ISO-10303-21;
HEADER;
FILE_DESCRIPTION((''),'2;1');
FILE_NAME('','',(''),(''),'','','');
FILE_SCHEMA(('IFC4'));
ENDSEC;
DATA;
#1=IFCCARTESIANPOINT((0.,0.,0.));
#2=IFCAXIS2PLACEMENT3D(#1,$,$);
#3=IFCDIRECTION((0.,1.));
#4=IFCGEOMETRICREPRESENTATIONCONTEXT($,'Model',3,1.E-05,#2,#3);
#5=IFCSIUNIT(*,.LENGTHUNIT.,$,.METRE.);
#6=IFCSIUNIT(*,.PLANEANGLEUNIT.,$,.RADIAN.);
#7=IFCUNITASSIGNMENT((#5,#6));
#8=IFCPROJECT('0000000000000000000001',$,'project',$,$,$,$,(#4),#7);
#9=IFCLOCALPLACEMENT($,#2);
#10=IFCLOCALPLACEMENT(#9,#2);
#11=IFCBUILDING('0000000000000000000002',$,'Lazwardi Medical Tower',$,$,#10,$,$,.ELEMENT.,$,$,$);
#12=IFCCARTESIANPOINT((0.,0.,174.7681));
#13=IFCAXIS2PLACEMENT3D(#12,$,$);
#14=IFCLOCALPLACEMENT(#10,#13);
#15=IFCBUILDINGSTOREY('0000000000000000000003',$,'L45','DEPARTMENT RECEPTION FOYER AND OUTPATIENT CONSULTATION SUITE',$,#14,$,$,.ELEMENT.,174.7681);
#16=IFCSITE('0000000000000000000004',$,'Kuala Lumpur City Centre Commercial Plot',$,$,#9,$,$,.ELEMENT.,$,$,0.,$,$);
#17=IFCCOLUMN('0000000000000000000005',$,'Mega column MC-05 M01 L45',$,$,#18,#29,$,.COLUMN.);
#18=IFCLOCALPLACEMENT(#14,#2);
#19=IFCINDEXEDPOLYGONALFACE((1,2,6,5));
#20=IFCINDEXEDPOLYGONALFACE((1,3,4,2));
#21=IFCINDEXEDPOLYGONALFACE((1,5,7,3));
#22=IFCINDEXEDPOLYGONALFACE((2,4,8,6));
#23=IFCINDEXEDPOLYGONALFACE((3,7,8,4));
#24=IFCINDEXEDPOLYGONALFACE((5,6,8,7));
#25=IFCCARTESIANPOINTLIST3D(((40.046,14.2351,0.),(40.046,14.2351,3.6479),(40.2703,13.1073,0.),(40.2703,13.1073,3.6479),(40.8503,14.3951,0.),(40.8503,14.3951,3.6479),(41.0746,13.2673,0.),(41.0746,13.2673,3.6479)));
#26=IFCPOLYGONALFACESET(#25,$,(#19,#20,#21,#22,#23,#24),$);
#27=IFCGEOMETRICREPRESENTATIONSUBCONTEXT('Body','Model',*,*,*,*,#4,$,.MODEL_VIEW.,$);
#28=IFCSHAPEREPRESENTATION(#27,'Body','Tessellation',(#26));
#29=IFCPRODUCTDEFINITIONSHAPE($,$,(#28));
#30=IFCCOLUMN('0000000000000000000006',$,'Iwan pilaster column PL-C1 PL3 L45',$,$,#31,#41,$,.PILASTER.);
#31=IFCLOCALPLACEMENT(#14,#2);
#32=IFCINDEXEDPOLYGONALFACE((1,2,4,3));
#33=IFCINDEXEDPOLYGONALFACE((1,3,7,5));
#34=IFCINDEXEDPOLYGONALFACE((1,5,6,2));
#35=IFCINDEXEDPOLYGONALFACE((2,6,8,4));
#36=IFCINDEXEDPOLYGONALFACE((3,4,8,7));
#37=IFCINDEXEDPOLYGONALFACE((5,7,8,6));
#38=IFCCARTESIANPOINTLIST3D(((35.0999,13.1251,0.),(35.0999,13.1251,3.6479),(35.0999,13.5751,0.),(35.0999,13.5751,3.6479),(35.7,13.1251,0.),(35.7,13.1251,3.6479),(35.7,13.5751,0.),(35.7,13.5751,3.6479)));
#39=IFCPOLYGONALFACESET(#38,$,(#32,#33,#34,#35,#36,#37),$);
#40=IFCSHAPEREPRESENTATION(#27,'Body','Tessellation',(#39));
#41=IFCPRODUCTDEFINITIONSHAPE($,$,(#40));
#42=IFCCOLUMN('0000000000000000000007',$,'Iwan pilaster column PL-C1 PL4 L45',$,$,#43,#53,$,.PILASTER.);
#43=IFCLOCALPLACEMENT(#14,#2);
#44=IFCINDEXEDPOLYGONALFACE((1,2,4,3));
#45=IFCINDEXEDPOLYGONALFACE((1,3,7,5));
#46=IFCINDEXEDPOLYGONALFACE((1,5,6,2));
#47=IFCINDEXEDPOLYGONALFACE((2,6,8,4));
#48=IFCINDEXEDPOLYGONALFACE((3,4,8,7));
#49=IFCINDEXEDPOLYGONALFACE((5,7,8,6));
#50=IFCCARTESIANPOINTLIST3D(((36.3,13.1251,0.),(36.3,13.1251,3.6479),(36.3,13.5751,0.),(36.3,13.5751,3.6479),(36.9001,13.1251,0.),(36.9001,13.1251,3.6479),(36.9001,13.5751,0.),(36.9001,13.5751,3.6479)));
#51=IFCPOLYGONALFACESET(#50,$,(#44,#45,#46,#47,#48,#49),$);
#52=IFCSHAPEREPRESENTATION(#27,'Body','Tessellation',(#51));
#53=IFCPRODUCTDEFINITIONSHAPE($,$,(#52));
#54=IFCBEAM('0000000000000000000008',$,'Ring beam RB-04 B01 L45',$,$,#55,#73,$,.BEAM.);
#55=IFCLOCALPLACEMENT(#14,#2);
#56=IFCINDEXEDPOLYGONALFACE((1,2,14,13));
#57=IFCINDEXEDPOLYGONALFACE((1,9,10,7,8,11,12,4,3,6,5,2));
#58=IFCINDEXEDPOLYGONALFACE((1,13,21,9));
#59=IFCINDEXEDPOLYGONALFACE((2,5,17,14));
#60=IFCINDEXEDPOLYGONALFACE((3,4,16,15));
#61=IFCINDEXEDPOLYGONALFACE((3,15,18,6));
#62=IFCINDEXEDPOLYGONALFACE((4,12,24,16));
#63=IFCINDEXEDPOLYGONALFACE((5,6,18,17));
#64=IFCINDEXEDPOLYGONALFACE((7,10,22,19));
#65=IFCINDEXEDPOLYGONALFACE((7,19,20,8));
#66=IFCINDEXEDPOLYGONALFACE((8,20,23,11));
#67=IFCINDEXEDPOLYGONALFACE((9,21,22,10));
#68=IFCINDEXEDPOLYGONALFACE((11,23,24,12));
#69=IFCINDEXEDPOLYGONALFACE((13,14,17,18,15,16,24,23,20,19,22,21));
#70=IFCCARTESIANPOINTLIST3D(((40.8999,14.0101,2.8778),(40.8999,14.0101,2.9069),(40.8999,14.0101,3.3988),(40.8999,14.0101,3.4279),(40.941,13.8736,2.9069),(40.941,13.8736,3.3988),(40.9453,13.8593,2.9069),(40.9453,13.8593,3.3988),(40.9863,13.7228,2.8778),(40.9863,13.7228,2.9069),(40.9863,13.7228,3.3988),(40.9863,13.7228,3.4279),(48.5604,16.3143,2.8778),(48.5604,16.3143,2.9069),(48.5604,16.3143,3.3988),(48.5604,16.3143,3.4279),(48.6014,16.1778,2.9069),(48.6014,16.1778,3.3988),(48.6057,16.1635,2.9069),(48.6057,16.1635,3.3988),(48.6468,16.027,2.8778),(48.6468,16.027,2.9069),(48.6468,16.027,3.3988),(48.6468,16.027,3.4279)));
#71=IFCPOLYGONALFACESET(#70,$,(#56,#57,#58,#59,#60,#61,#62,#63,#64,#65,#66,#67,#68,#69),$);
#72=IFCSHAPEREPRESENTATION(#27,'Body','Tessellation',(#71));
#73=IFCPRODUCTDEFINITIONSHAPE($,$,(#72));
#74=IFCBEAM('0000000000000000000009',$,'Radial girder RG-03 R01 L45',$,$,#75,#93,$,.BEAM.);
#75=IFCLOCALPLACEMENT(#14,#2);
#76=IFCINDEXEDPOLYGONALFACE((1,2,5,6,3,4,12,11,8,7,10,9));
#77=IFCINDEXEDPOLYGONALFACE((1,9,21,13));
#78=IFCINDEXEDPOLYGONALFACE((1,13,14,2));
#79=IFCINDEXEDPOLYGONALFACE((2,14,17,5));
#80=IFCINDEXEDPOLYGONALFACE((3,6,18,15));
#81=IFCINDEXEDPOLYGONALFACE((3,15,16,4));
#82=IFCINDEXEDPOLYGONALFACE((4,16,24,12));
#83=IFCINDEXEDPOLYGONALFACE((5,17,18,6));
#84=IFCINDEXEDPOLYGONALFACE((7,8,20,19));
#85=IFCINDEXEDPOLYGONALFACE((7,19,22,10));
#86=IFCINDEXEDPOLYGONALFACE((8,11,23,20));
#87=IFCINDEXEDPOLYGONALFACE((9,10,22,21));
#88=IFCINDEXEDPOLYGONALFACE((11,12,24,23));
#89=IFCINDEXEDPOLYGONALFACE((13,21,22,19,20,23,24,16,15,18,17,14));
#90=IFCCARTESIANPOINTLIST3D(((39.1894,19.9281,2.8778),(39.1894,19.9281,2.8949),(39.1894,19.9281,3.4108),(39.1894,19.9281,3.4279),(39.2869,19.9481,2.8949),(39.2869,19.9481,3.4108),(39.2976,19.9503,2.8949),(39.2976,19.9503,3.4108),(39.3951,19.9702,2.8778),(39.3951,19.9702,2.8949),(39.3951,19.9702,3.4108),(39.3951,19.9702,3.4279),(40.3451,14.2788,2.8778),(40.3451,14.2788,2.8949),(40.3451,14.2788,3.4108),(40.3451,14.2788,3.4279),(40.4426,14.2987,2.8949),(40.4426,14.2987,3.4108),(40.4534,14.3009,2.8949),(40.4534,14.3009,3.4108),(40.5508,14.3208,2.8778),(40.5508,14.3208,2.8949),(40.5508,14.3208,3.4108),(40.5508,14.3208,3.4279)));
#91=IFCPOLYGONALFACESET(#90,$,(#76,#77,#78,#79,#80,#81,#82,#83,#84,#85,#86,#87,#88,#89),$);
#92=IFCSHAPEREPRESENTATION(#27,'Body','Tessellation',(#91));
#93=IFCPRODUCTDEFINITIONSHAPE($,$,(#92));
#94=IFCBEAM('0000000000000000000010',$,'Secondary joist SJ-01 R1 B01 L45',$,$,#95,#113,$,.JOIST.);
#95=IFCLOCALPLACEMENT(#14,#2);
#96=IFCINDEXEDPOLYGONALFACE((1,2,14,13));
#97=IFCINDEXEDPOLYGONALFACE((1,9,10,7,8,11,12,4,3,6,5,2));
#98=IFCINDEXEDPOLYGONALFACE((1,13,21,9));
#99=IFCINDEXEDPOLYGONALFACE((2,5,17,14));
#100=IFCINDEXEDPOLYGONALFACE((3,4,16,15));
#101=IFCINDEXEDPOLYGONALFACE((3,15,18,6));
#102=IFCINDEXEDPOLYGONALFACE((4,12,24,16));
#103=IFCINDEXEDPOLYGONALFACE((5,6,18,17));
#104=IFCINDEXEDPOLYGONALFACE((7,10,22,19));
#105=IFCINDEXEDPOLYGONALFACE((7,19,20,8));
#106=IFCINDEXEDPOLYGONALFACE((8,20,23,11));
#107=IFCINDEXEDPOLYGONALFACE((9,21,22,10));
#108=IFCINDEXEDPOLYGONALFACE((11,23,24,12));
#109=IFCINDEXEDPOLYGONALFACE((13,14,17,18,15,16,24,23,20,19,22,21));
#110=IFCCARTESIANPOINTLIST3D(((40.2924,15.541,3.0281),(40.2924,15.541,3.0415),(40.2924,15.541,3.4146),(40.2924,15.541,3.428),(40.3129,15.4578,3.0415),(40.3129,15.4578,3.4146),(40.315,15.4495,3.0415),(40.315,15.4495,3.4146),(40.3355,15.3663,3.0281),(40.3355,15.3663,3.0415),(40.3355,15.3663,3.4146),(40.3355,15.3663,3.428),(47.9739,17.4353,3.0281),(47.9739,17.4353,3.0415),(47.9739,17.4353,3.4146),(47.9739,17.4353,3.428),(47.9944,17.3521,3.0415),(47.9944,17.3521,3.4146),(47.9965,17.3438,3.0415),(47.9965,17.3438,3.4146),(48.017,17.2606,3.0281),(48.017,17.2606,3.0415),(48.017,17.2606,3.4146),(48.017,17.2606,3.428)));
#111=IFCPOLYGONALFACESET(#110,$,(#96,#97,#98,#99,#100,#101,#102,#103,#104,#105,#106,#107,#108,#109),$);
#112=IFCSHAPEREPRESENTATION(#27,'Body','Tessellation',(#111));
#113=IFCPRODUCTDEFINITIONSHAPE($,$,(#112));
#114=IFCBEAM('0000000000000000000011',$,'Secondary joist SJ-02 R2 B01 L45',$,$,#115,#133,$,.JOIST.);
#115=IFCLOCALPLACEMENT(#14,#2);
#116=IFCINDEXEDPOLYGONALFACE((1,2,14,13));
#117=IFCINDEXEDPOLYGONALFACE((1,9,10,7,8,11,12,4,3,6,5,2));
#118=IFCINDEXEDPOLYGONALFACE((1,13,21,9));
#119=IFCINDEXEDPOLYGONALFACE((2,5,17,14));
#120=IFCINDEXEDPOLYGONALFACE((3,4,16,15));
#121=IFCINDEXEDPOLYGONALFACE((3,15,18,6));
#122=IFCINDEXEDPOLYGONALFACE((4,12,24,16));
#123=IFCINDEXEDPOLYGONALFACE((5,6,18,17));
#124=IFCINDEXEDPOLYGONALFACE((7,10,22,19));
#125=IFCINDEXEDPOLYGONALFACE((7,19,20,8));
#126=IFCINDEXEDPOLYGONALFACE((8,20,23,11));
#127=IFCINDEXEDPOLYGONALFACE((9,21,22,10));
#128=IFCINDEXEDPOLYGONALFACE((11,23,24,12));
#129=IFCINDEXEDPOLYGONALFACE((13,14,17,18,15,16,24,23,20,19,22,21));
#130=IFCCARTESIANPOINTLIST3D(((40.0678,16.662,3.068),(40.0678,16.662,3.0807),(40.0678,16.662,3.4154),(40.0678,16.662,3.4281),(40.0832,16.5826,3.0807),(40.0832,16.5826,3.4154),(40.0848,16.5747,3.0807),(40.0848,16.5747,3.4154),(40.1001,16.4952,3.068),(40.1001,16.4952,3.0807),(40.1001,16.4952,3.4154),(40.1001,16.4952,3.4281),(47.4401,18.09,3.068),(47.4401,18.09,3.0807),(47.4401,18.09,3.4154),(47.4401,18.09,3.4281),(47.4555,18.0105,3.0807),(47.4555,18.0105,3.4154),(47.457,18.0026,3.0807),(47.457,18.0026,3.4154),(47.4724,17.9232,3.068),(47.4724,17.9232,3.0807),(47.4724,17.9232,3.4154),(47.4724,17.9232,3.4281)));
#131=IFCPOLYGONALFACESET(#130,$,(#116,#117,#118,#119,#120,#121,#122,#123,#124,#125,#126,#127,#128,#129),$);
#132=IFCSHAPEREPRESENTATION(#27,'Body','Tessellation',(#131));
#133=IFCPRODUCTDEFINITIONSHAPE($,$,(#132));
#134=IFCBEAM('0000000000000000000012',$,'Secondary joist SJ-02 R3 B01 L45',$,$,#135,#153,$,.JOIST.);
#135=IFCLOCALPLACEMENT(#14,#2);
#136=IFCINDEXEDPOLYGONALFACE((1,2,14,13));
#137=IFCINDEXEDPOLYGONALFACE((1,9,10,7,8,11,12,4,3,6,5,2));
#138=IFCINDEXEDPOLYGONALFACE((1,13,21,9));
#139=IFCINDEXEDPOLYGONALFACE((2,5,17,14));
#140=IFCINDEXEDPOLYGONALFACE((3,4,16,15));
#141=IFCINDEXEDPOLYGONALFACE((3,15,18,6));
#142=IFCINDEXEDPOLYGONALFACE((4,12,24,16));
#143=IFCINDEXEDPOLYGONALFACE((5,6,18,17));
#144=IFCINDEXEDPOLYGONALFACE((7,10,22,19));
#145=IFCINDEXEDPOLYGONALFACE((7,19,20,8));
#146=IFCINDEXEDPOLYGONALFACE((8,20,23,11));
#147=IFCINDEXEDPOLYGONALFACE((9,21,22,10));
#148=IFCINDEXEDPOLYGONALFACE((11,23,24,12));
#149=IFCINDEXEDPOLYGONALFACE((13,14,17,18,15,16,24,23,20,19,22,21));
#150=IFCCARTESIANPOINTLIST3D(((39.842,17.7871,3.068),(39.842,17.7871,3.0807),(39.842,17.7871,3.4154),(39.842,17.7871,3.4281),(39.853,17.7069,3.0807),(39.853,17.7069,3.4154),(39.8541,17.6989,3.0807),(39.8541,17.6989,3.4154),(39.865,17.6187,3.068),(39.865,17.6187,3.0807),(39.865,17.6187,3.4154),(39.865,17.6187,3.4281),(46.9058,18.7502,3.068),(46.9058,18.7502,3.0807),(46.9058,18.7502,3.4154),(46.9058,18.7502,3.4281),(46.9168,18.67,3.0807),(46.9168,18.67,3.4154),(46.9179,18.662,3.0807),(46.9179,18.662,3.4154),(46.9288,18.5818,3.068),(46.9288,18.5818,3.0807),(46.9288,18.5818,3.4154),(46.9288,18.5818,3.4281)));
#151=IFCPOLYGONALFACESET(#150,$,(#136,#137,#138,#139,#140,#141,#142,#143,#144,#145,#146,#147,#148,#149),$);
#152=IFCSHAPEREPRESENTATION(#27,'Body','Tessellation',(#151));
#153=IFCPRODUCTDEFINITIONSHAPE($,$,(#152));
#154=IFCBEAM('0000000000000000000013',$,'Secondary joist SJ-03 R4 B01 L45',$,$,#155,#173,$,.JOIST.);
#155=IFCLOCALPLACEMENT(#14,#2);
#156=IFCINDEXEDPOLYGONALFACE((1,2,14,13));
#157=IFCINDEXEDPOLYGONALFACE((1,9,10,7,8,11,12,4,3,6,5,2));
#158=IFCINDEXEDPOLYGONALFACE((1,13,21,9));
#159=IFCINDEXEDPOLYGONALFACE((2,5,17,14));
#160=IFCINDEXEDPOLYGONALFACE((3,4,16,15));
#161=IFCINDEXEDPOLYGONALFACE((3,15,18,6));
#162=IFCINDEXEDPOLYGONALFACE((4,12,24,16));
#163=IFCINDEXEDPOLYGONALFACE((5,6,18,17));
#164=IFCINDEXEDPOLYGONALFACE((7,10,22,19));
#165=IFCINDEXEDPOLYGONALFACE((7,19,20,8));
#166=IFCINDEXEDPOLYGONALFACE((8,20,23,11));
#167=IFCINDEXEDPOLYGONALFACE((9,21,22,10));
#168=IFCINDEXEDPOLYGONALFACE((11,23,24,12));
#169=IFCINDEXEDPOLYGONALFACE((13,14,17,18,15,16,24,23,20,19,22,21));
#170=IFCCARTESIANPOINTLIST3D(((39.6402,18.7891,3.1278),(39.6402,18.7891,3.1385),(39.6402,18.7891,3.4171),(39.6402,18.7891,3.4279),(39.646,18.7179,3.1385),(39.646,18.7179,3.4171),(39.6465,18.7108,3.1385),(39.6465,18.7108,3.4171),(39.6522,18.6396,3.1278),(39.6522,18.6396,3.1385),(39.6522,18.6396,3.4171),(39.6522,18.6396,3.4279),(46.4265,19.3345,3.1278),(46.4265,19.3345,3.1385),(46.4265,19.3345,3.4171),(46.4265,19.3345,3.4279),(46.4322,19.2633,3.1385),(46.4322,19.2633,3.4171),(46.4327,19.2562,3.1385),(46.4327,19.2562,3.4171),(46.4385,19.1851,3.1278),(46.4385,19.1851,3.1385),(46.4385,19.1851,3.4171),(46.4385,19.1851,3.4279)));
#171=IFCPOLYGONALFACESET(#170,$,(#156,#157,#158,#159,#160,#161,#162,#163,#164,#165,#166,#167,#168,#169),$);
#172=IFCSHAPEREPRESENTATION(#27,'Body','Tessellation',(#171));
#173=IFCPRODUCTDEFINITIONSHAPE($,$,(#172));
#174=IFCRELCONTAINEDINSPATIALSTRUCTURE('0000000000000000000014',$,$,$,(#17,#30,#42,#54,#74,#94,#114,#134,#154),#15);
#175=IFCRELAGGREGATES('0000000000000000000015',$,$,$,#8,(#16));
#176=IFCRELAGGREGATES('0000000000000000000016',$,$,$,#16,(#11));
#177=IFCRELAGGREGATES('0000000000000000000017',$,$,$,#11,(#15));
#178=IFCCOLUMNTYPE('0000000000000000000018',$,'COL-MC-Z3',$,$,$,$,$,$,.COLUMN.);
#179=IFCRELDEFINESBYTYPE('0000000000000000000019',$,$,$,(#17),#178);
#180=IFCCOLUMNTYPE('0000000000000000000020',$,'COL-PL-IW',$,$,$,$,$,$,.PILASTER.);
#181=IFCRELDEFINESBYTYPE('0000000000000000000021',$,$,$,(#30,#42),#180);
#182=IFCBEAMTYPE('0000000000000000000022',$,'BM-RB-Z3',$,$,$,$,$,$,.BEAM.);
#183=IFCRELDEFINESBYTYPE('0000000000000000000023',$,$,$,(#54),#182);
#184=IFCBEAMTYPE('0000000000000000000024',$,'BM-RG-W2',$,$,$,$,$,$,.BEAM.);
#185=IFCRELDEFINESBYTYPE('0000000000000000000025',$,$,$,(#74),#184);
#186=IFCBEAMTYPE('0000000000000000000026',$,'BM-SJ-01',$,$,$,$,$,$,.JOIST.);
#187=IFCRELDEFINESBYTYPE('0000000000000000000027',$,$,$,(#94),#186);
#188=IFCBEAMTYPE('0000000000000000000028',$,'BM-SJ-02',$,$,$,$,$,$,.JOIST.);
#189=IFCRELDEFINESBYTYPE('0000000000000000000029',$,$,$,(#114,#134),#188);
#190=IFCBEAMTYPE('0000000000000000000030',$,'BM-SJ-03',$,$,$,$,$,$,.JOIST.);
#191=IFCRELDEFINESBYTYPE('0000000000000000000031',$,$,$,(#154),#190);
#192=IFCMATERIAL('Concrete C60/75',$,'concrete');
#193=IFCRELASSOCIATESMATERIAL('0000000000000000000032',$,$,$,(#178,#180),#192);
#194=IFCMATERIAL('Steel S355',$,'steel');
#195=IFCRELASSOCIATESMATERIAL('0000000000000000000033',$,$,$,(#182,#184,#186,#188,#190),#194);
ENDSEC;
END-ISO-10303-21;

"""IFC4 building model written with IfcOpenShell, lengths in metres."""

from ifc_helpers import new_model, si_unit, direction, frame, origin, origin_2d, place, context, subcontext, project, spatial, rectangle, i_section, extrude, material, material_profile, profile_set, type_object, element, save


model = new_model("IFC4")

# Units and contexts
model_context = context("Model", 3, precision=1e-05, world=origin(), true_north=direction((0.0, 1.0)))
body_context = subcontext(model_context, "Body", "Model", "MODEL_VIEW")
ifc_project = project(units=[si_unit("LENGTHUNIT", "METRE"), si_unit("PLANEANGLEUNIT", "RADIAN")], contexts=[model_context])

# Site, building, storey
site_placement = place(None, origin())
site = spatial("IfcSite", under=ifc_project, at=site_placement, Name="Kuala Lumpur City Centre Commercial Plot", CompositionType="ELEMENT", RefElevation=0.0)
building_placement = place(site_placement, origin())
building = spatial("IfcBuilding", under=site, at=building_placement, Name="Lazwardi Medical Tower", CompositionType="ELEMENT")
storey_placement = place(building_placement, frame((0.0, 0.0, 174.7681)))
storey = spatial("IfcBuildingStorey", under=building, at=storey_placement, Name="L45", Description="DEPARTMENT RECEPTION FOYER AND OUTPATIENT CONSULTATION SUITE", CompositionType="ELEMENT", Elevation=174.7681)

# Columns
ifc_material_1 = material(Name="Concrete C60/75", Category="concrete")
ifc_material_profile_1 = material_profile(ifc_material_1, rectangle(XDim=1.1499, YDim=0.8201, at=origin_2d()), Name="CFT-RECT 1150x820")
ifc_profile_set_1 = profile_set([ifc_material_profile_1], Name="Concrete C60/75")
column_type_1 = type_object("IfcColumnType", Name="COL-MC-Z3", PredefinedType="COLUMN", material=ifc_profile_set_1)
column_placement = place(storey_placement, frame((40.5603, 13.7512, 0.0), z_axis=(0.0, 0.0, 1.0), x_axis=(0.19509, -0.980785, 0.0)))
element("IfcColumn", 1, at=column_placement, inside=storey, type_object=column_type_1, Name="Mega column MC-05 M01 L45", PredefinedType="COLUMN", context=body_context, shape_type="SweptSolid", body=[
    extrude(rectangle(XDim=1.1499, YDim=0.8201, at=origin_2d()), origin(), (0.0, 0.0, 1.0), 3.6479),
])
ifc_material_profile_2 = material_profile(ifc_material_1, rectangle(XDim=0.6001, YDim=0.45, at=origin_2d()), Name="RC 600x450")
ifc_profile_set_2 = profile_set([ifc_material_profile_2], Name="Concrete C60/75")
column_type_2 = type_object("IfcColumnType", Name="COL-PL-IW", PredefinedType="PILASTER", material=ifc_profile_set_2)
for number, where, z_axis, x_axis, name in (
    (2, (35.3999, 13.3501, 0.0), (0.0, 0.0, 1.0), (1.0, 0.0, 0.0), "Iwan pilaster column PL-C1 PL3 L45"),
    (3, (36.6001, 13.3501, 0.0), (0.0, 0.0, 1.0), (1.0, 0.0, 0.0), "Iwan pilaster column PL-C1 PL4 L45"),
):
    element("IfcColumn", number, at=place(storey_placement, frame(where, z_axis=z_axis, x_axis=x_axis)), inside=storey, type_object=column_type_2, Name=name, PredefinedType="PILASTER", context=body_context, shape_type="SweptSolid", body=[
        extrude(rectangle(XDim=0.6001, YDim=0.45, at=origin_2d()), origin(), (0.0, 0.0, 1.0), 3.6479),
    ])

# Beams
ifc_material_2 = material(Name="Steel S355", Category="steel")
ifc_material_profile_3 = material_profile(ifc_material_2, i_section(OverallWidth=0.3, OverallDepth=0.55, WebThickness=0.0149, FlangeThickness=0.0291, at=origin_2d()), Name="HEB 550")
ifc_profile_set_3 = profile_set([ifc_material_profile_3], Name="Steel S355")
beam_type_1 = type_object("IfcBeamType", Name="BM-RB-Z3", PredefinedType="BEAM", material=ifc_profile_set_3)
beam_1_placement = place(storey_placement, frame((40.9431, 13.8665, 3.1528), z_axis=(0.957617, 0.288045, 0.0), x_axis=(-0.288045, 0.957617, 0.0)))
element("IfcBeam", 4, at=beam_1_placement, inside=storey, type_object=beam_type_1, Name="Ring beam RB-04 B01 L45", PredefinedType="BEAM", context=body_context, shape_type="SweptSolid", body=[
    extrude(i_section(OverallWidth=0.3, OverallDepth=0.55, WebThickness=0.0149, FlangeThickness=0.0291, at=origin_2d()), origin(), (0.0, 0.0, 1.0), 7.9995),
])
ifc_material_profile_4 = material_profile(ifc_material_2, i_section(OverallWidth=0.21, OverallDepth=0.55, WebThickness=0.011, FlangeThickness=0.0171, at=origin_2d()), Name="IPE 550")
ifc_profile_set_4 = profile_set([ifc_material_profile_4], Name="Steel S355")
beam_type_2 = type_object("IfcBeamType", Name="BM-RG-W2", PredefinedType="BEAM", material=ifc_profile_set_4)
beam_2_placement = place(storey_placement, frame((40.448, 14.2998, 3.1528), z_axis=(-0.200429, 0.979708, 0.0), x_axis=(-0.979708, -0.200429, 0.0)))
element("IfcBeam", 5, at=beam_2_placement, inside=storey, type_object=beam_type_2, Name="Radial girder RG-03 R01 L45", PredefinedType="BEAM", context=body_context, shape_type="SweptSolid", body=[
    extrude(i_section(OverallWidth=0.21, OverallDepth=0.55, WebThickness=0.011, FlangeThickness=0.0171, at=origin_2d()), origin(), (0.0, 0.0, 1.0), 5.7664),
])
ifc_material_profile_5 = material_profile(ifc_material_2, i_section(OverallWidth=0.1799, OverallDepth=0.3999, WebThickness=0.0085, FlangeThickness=0.0134, at=origin_2d()), Name="IPE 400")
ifc_profile_set_5 = profile_set([ifc_material_profile_5], Name="Steel S355")
beam_type_3 = type_object("IfcBeamType", Name="BM-SJ-01", PredefinedType="JOIST", material=ifc_profile_set_5)
beam_3_placement = place(storey_placement, frame((40.314, 15.4536, 3.228), z_axis=(0.970913, 0.239434, 0.0), x_axis=(-0.239434, 0.970913, 0.0)))
element("IfcBeam", 6, at=beam_3_placement, inside=storey, type_object=beam_type_3, Name="Secondary joist SJ-01 R1 B01 L45", PredefinedType="JOIST", context=body_context, shape_type="SweptSolid", body=[
    extrude(i_section(OverallWidth=0.1799, OverallDepth=0.3999, WebThickness=0.0085, FlangeThickness=0.0134, at=origin_2d()), origin(), (0.0, 0.0, 1.0), 7.9116),
])
ifc_material_profile_6 = material_profile(ifc_material_2, i_section(OverallWidth=0.1699, OverallDepth=0.3601, WebThickness=0.0081, FlangeThickness=0.0127, at=origin_2d()), Name="IPE 360")
ifc_profile_set_6 = profile_set([ifc_material_profile_6], Name="Steel S355")
beam_type_4 = type_object("IfcBeamType", Name="BM-SJ-02", PredefinedType="JOIST", material=ifc_profile_set_6)
beam_4_placement = place(storey_placement, frame((40.084, 16.5786, 3.248), z_axis=(0.981753, 0.19016, 0.0), x_axis=(-0.19016, 0.981753, 0.0)))
element("IfcBeam", 7, at=beam_4_placement, inside=storey, type_object=beam_type_4, Name="Secondary joist SJ-02 R2 B01 L45", PredefinedType="JOIST", context=body_context, shape_type="SweptSolid", body=[
    extrude(i_section(OverallWidth=0.1699, OverallDepth=0.3601, WebThickness=0.0081, FlangeThickness=0.0127, at=origin_2d()), origin(), (0.0, 0.0, 1.0), 7.5093),
])
beam_5_placement = place(storey_placement, frame((39.8535, 17.7029, 3.248), z_axis=(0.990832, 0.135099, 0.0), x_axis=(-0.135099, 0.990832, 0.0)))
element("IfcBeam", 8, at=beam_5_placement, inside=storey, type_object=beam_type_4, Name="Secondary joist SJ-02 R3 B01 L45", PredefinedType="JOIST", context=body_context, shape_type="SweptSolid", body=[
    extrude(i_section(OverallWidth=0.1699, OverallDepth=0.3601, WebThickness=0.0081, FlangeThickness=0.0127, at=origin_2d()), origin(), (0.0, 0.0, 1.0), 7.1292),
])
ifc_material_profile_7 = material_profile(ifc_material_2, i_section(OverallWidth=0.1499, OverallDepth=0.3, WebThickness=0.0071, FlangeThickness=0.0107, at=origin_2d()), Name="IPE 300")
ifc_profile_set_7 = profile_set([ifc_material_profile_7], Name="Steel S355")
beam_type_5 = type_object("IfcBeamType", Name="BM-SJ-03", PredefinedType="JOIST", material=ifc_profile_set_7)
beam_6_placement = place(storey_placement, frame((39.6462, 18.7144, 3.2778), z_axis=(0.996786, 0.080113, 0.0), x_axis=(-0.080113, 0.996786, 0.0)))
element("IfcBeam", 9, at=beam_6_placement, inside=storey, type_object=beam_type_5, Name="Secondary joist SJ-03 R4 B01 L45", PredefinedType="JOIST", context=body_context, shape_type="SweptSolid", body=[
    extrude(i_section(OverallWidth=0.1499, OverallDepth=0.3, WebThickness=0.0071, FlangeThickness=0.0107, at=origin_2d()), origin(), (0.0, 0.0, 1.0), 6.8081),
])

save(model, "model.ifc")
